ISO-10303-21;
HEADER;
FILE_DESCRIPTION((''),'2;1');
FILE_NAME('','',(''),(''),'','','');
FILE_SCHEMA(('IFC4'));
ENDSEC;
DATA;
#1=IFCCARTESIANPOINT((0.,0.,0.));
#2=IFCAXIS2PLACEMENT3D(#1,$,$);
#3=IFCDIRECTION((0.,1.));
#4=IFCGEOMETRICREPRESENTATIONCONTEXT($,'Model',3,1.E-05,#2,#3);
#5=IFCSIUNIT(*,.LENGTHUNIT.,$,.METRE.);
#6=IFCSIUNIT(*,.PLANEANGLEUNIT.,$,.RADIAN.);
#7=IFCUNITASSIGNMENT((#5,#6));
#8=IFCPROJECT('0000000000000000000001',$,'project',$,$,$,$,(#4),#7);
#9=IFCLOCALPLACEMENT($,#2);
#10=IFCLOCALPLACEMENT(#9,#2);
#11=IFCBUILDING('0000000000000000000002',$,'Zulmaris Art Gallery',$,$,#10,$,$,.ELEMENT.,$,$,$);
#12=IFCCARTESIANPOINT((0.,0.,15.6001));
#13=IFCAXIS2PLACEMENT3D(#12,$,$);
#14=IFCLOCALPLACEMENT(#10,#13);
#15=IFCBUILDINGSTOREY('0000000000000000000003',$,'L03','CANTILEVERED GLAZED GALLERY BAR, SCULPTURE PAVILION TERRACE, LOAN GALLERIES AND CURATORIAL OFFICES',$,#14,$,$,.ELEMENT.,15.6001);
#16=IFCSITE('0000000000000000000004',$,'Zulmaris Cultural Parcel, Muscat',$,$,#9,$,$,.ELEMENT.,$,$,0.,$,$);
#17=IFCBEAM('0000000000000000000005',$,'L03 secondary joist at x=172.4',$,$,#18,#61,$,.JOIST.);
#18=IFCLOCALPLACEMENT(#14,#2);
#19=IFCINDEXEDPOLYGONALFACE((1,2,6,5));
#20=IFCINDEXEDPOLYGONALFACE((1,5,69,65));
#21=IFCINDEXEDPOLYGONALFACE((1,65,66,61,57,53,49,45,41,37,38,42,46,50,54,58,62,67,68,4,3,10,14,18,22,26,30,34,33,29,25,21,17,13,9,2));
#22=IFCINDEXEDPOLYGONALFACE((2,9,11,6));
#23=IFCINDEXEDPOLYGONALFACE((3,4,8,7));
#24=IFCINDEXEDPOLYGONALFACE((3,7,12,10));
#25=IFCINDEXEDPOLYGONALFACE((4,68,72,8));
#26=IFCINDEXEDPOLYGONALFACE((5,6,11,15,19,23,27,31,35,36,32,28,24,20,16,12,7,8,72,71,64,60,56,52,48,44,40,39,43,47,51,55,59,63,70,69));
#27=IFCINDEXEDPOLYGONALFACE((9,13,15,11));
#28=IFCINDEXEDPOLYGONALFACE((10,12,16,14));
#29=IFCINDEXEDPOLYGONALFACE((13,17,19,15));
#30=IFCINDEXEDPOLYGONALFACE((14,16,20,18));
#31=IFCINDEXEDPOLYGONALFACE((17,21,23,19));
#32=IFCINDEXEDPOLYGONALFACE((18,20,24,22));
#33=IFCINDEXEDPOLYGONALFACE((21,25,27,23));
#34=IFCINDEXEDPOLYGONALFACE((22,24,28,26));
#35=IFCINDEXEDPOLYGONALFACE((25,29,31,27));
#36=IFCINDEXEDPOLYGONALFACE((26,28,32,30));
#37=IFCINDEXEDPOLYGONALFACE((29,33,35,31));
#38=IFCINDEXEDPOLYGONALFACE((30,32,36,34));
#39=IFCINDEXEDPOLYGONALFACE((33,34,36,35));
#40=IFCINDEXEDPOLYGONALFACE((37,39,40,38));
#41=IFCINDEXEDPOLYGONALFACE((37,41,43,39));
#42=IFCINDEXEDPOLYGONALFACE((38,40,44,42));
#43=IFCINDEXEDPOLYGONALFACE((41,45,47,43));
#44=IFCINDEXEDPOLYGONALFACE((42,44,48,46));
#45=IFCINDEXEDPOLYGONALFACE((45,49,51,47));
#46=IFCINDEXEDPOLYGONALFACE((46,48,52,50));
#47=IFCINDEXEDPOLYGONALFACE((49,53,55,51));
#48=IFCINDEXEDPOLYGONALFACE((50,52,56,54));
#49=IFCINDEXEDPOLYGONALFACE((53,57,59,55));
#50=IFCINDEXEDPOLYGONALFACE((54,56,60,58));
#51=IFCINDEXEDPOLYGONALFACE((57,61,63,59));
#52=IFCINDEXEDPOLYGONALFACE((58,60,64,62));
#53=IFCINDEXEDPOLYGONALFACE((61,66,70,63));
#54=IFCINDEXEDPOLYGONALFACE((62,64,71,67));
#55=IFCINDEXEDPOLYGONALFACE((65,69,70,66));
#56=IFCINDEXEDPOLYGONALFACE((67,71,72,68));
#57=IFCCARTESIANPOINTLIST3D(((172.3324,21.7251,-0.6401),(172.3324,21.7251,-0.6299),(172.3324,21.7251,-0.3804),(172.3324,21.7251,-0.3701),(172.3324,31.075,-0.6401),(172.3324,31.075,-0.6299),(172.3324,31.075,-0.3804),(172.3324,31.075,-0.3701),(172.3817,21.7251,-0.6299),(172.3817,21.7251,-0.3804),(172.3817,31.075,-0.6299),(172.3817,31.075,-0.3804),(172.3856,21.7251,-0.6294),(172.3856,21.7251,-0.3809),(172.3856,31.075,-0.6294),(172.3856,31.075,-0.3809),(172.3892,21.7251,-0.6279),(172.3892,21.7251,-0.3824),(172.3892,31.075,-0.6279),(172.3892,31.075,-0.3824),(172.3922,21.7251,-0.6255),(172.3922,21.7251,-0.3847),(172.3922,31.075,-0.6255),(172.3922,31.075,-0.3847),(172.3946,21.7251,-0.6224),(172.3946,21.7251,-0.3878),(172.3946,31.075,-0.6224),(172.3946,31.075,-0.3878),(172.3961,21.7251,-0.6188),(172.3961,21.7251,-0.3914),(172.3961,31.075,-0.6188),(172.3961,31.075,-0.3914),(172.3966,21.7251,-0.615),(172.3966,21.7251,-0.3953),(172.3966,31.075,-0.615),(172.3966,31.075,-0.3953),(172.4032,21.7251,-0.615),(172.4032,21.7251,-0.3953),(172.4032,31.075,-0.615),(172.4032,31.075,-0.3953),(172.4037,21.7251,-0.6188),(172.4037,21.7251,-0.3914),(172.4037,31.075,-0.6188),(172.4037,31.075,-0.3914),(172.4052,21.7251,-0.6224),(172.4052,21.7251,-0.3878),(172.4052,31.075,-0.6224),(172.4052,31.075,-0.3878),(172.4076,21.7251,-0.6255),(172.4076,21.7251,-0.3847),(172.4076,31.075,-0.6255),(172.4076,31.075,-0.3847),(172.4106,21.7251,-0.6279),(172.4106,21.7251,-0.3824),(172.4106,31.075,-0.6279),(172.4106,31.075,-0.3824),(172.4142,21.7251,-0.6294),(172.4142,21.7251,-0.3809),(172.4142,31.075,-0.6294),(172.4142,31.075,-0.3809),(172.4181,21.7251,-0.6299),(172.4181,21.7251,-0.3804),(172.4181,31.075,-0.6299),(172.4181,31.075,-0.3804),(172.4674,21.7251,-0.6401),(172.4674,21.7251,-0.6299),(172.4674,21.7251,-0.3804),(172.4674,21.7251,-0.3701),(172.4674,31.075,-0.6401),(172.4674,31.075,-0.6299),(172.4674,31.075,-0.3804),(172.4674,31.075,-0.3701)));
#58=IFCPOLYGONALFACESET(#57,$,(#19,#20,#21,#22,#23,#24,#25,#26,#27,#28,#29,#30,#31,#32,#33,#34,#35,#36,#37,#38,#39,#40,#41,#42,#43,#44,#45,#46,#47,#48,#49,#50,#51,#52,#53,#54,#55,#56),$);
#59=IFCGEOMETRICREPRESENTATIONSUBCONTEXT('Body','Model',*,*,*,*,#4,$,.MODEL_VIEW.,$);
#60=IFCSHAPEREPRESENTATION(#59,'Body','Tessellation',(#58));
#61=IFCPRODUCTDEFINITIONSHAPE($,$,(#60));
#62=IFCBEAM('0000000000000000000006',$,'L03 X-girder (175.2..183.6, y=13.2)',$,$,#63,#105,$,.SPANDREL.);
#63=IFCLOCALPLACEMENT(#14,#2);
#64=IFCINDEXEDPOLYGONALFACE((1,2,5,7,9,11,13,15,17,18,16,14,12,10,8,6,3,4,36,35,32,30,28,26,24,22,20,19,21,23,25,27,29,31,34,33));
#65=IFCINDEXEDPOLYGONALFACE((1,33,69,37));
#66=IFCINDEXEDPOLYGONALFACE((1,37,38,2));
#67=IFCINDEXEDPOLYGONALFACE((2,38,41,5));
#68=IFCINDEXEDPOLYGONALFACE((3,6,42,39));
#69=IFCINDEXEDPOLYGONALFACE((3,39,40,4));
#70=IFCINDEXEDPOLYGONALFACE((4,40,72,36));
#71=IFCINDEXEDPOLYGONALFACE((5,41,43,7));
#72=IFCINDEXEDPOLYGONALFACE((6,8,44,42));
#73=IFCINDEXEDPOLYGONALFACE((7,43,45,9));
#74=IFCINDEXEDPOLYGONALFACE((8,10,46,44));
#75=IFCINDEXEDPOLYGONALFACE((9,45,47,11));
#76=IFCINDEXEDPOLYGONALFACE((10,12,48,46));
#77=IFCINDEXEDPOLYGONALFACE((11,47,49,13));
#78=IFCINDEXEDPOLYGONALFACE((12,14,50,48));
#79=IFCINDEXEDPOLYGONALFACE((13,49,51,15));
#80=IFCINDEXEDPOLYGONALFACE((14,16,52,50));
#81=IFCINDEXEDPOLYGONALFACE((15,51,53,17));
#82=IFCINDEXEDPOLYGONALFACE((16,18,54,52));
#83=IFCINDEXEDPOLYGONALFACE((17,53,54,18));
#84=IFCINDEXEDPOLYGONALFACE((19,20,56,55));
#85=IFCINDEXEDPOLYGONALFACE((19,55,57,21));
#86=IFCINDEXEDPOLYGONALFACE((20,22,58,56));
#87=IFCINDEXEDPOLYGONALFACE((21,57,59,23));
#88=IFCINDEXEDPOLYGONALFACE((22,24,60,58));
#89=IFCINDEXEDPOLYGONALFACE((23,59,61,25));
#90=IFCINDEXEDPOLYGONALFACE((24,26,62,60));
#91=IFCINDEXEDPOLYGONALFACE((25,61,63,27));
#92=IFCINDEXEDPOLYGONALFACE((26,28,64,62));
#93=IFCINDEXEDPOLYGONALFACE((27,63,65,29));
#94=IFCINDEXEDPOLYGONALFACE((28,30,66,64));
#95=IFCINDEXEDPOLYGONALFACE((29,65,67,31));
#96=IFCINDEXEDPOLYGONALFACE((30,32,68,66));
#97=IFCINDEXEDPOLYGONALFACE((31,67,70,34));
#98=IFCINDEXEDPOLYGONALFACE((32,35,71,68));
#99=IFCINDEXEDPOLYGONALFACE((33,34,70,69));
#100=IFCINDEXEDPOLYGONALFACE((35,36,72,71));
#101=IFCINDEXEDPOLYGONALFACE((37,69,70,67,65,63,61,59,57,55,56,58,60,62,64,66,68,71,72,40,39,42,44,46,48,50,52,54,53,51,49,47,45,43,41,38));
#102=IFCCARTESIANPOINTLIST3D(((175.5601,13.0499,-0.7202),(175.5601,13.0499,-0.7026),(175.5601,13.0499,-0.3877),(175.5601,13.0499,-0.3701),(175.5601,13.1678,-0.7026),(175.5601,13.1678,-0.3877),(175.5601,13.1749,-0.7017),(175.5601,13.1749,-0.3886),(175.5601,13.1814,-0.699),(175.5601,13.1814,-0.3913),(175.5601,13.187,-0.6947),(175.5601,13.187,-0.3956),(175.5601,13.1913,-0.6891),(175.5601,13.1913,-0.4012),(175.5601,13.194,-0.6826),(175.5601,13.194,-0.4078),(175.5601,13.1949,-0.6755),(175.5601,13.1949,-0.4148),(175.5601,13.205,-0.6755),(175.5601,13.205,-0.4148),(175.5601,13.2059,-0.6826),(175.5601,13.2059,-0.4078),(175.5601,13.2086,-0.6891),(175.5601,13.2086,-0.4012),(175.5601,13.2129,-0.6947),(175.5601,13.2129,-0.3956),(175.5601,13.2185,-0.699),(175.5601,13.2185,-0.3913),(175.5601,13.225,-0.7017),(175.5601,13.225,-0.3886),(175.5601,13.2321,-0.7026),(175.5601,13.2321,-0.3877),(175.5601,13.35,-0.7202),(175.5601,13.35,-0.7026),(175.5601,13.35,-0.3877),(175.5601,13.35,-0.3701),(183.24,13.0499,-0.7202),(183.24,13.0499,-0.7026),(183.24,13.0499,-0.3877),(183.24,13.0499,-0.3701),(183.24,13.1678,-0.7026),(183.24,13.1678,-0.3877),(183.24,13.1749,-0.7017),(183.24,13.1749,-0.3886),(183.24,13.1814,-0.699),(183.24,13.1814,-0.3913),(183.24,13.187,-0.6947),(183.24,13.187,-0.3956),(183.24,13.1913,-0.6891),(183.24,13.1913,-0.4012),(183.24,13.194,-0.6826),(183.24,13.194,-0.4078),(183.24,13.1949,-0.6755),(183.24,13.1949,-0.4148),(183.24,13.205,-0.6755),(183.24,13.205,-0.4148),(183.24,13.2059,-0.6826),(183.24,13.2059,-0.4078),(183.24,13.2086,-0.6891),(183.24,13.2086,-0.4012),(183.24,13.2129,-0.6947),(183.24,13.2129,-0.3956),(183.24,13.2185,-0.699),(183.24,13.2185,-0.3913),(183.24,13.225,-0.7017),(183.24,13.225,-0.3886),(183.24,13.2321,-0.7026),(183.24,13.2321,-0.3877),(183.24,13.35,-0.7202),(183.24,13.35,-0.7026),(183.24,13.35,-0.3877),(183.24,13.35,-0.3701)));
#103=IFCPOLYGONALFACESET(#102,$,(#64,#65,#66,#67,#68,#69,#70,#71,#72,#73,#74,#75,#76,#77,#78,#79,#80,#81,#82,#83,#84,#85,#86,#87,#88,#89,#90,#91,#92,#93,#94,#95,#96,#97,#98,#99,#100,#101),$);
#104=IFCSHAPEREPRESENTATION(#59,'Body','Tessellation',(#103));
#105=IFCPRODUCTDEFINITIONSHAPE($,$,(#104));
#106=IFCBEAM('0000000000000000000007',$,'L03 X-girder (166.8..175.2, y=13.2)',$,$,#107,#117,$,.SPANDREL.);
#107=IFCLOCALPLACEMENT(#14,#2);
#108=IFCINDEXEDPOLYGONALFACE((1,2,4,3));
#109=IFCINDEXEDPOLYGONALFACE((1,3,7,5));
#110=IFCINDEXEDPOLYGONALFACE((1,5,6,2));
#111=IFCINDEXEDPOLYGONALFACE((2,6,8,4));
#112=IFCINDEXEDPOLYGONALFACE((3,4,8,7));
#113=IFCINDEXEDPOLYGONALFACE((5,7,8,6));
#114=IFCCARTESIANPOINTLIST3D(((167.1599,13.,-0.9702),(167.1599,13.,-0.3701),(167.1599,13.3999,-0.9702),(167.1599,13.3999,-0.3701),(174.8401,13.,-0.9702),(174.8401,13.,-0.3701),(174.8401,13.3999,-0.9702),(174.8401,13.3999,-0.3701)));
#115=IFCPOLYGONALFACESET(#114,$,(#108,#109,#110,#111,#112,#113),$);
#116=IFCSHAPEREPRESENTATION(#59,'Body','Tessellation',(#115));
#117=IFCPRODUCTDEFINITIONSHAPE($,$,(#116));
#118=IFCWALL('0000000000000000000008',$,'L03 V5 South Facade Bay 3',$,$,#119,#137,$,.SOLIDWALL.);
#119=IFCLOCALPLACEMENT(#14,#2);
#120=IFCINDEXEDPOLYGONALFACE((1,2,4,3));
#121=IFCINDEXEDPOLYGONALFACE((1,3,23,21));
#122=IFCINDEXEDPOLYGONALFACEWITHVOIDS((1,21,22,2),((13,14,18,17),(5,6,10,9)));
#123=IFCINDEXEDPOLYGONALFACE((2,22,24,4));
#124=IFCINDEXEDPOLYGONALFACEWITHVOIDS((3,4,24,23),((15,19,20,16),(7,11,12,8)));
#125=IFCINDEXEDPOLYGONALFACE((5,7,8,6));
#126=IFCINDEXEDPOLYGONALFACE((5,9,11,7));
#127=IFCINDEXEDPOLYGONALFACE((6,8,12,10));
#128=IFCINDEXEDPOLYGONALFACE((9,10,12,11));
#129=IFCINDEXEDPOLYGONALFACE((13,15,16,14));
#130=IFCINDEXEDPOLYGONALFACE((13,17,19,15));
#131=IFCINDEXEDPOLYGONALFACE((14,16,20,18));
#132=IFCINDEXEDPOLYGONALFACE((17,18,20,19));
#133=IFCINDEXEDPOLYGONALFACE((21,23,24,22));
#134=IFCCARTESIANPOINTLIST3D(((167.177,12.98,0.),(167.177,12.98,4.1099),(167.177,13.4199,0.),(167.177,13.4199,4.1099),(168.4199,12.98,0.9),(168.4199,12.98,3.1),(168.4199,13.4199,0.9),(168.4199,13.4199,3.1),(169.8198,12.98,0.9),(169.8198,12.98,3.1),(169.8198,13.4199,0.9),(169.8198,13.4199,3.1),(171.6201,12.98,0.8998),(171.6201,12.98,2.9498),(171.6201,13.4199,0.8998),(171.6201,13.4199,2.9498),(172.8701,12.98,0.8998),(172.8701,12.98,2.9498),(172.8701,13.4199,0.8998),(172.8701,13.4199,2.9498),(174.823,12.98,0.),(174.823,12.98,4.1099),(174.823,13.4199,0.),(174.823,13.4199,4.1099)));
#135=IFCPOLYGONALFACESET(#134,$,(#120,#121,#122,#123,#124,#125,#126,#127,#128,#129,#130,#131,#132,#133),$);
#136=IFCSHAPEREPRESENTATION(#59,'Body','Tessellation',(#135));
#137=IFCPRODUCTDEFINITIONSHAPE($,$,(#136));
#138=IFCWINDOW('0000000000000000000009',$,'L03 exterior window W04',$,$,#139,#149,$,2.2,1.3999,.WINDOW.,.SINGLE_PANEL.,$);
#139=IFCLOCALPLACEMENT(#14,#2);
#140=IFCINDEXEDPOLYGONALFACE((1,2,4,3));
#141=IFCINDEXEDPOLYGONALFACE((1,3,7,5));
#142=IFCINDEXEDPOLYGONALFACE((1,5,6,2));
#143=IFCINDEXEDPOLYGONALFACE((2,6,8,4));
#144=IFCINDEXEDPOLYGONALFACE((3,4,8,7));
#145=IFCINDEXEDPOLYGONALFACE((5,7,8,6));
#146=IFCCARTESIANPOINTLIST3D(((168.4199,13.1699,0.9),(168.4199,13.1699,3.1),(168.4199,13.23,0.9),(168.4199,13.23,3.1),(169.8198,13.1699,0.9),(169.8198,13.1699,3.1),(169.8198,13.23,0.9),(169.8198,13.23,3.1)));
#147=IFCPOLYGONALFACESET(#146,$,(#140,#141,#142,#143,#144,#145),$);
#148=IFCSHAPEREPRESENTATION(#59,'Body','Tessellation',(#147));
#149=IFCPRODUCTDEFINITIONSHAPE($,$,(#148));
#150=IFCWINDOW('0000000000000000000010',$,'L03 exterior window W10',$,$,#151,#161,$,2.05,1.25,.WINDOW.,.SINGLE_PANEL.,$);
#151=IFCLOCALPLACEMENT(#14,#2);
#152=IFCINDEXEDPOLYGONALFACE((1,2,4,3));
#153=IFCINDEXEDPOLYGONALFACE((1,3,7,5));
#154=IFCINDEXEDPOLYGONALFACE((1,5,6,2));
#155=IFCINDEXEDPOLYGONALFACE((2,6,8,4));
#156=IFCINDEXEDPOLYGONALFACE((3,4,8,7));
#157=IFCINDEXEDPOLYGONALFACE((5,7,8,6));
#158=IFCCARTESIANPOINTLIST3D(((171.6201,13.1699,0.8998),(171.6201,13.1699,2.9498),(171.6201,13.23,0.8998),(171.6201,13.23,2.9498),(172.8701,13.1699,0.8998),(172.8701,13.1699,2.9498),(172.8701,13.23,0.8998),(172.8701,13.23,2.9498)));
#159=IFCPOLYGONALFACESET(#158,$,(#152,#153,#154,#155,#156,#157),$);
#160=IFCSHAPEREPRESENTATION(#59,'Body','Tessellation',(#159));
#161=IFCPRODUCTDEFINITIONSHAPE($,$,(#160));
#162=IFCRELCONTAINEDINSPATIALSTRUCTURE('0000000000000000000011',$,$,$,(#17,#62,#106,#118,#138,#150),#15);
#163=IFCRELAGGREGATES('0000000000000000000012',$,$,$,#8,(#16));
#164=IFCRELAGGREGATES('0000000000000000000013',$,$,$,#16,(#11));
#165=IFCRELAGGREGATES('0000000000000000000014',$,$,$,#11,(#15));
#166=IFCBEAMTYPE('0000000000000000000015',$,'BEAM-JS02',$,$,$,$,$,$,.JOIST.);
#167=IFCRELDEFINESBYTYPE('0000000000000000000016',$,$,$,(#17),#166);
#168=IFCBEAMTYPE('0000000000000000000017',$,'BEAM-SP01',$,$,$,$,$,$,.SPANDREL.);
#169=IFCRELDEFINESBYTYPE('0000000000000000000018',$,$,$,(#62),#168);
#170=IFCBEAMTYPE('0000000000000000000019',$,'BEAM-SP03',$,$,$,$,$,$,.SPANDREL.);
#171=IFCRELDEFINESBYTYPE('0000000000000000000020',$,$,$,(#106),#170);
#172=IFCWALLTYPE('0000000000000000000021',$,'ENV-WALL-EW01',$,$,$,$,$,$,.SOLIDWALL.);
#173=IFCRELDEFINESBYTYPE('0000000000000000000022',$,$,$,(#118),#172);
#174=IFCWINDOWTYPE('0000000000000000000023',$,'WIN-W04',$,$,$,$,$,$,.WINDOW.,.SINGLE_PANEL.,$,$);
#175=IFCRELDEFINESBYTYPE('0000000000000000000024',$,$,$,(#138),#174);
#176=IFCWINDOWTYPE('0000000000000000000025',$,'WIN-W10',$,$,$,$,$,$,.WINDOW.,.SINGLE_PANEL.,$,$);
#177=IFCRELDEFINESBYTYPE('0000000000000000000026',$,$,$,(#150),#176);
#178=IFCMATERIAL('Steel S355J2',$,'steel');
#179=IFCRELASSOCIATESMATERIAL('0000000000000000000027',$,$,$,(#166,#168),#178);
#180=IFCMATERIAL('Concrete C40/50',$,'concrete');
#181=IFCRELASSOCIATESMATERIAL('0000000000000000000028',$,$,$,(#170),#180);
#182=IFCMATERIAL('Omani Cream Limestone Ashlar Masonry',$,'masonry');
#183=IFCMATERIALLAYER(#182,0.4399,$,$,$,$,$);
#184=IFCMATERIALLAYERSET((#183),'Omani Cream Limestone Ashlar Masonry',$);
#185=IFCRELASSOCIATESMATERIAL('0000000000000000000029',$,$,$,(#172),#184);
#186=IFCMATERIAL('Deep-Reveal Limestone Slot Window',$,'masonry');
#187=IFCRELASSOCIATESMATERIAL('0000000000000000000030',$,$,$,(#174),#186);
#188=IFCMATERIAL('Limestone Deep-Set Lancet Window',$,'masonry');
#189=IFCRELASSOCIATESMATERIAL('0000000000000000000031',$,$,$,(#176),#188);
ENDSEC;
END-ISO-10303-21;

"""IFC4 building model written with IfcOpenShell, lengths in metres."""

from ifc_helpers import new_model, si_unit, direction, frame, frame_2d, origin, origin_2d, place, context, subcontext, project, spatial, rectangle, i_section, extrude, material, layer, layer_set, material_profile, profile_set, type_object, element, fill, save


model = new_model("IFC4")

# Units and contexts
model_context = context("Model", 3, precision=1e-05, world=origin(), true_north=direction((0.0, 1.0)))
body_context = subcontext(model_context, "Body", "Model", "MODEL_VIEW")
ifc_project = project(units=[si_unit("LENGTHUNIT", "METRE"), si_unit("PLANEANGLEUNIT", "RADIAN")], contexts=[model_context])

# Site, building, storey
site_placement = place(None, origin())
site = spatial("IfcSite", under=ifc_project, at=site_placement, Name="Zulmaris Cultural Parcel, Muscat", CompositionType="ELEMENT", RefElevation=0.0)
building_placement = place(site_placement, origin())
building = spatial("IfcBuilding", under=site, at=building_placement, Name="Zulmaris Art Gallery", CompositionType="ELEMENT")
storey_placement = place(building_placement, frame((0.0, 0.0, 15.6001)))
storey = spatial("IfcBuildingStorey", under=building, at=storey_placement, Name="L03", Description="CANTILEVERED GLAZED GALLERY BAR, SCULPTURE PAVILION TERRACE, LOAN GALLERIES AND CURATORIAL OFFICES", CompositionType="ELEMENT", Elevation=15.6001)

# Shared definitions
ifc_material_1 = material(Name="Concrete C40/50", Category="concrete")

# Beams
ifc_material_2 = material(Name="Steel S355J2", Category="steel")
ifc_material_profile_1 = material_profile(ifc_material_2, i_section(OverallWidth=0.135, OverallDepth=0.27, WebThickness=0.0066, FlangeThickness=0.0103, FilletRadius=0.0149, at=origin_2d()), Name="IPE 270")
ifc_profile_set_1 = profile_set([ifc_material_profile_1], Name="Steel S355J2")
beam_type_1 = type_object("IfcBeamType", Name="BEAM-JS02", PredefinedType="JOIST", material=ifc_profile_set_1)
beam_1_placement = place(storey_placement, frame((172.3999, 21.7251, -0.5051), z_axis=(0.0, 1.0, 0.0), x_axis=(-1.0, 0.0, 0.0)))
element("IfcBeam", 1, at=beam_1_placement, inside=storey, type_object=beam_type_1, Name="L03 secondary joist at x=172.4", PredefinedType="JOIST", context=body_context, shape_type="SweptSolid", body=[
    extrude(i_section(OverallWidth=0.135, OverallDepth=0.27, WebThickness=0.0066, FlangeThickness=0.0103, FilletRadius=0.0149, at=origin_2d()), origin(), (0.0, 0.0, 1.0), 9.3499),
])
ifc_material_profile_2 = material_profile(ifc_material_2, i_section(OverallWidth=0.3, OverallDepth=0.3501, WebThickness=0.01, FlangeThickness=0.0176, FilletRadius=0.0271, at=origin_2d()), Name="HEA 360")
ifc_profile_set_2 = profile_set([ifc_material_profile_2], Name="Steel S355J2")
beam_type_2 = type_object("IfcBeamType", Name="BEAM-SP01", PredefinedType="SPANDREL", material=ifc_profile_set_2)
beam_2_placement = place(storey_placement, frame((175.5601, 13.2, -0.5452), z_axis=(1.0, 0.0, 0.0), x_axis=(0.0, 1.0, 0.0)))
element("IfcBeam", 2, at=beam_2_placement, inside=storey, type_object=beam_type_2, Name="L03 X-girder (175.2..183.6, y=13.2)", PredefinedType="SPANDREL", context=body_context, shape_type="SweptSolid", body=[
    extrude(i_section(OverallWidth=0.3, OverallDepth=0.3501, WebThickness=0.01, FlangeThickness=0.0176, FilletRadius=0.0271, at=origin_2d()), origin(), (0.0, 0.0, 1.0), 7.6799),
])
ifc_material_profile_3 = material_profile(ifc_material_1, rectangle(XDim=0.3999, YDim=0.6001, at=origin_2d()), Name="RC 400x600")
ifc_profile_set_3 = profile_set([ifc_material_profile_3], Name="Concrete C40/50")
beam_type_3 = type_object("IfcBeamType", Name="BEAM-SP03", PredefinedType="SPANDREL", material=ifc_profile_set_3)
beam_3_placement = place(storey_placement, frame((167.1599, 13.2, -0.6702), z_axis=(1.0, 0.0, 0.0), x_axis=(0.0, 1.0, 0.0)))
element("IfcBeam", 3, at=beam_3_placement, inside=storey, type_object=beam_type_3, Name="L03 X-girder (166.8..175.2, y=13.2)", PredefinedType="SPANDREL", context=body_context, shape_type="SweptSolid", body=[
    extrude(rectangle(XDim=0.3999, YDim=0.6001, at=origin_2d()), origin(), (0.0, 0.0, 1.0), 7.6802),
])

# Wall, openings, windows
ifc_material_3 = material(Name="Omani Cream Limestone Ashlar Masonry", Category="masonry")
ifc_layer_1 = layer(ifc_material_3, 0.4399)
ifc_layer_set_1 = layer_set([ifc_layer_1], Name="Omani Cream Limestone Ashlar Masonry")
wall_type = type_object("IfcWallType", Name="ENV-WALL-EW01", PredefinedType="SOLIDWALL", material=ifc_layer_set_1)
wall_1_placement = place(storey_placement, frame((167.177, 13.2, 0.0), z_axis=(0.0, 0.0, 1.0), x_axis=(1.0, 0.0, 0.0)))
wall_1 = element("IfcWall", 4, at=wall_1_placement, inside=storey, type_object=wall_type, Name="L03 V5 South Facade Bay 3", PredefinedType="SOLIDWALL", context=body_context, shape_type="SweptSolid", body=[
    extrude(rectangle(XDim=7.646, YDim=0.4399, at=frame_2d((3.823, 0.0))), origin(), (0.0, 0.0, 1.0), 4.1099),
])
opening_1_placement = place(wall_1_placement, frame((1.2429, 0.0, 0.8999)))
opening_1 = element("IfcOpeningElement", 5, at=opening_1_placement, cuts=wall_1, PredefinedType="OPENING", context=body_context, shape_type="SweptSolid", body=[
    extrude(rectangle(XDim=1.3999, YDim=2.2, at=frame_2d((0.7, 1.1001))), frame((0.0, 0.23, 0.0), z_axis=(0.0, -1.0, 0.0), x_axis=(1.0, 0.0, 0.0)), (0.0, 0.0, 1.0), 0.46),
])
opening_2_placement = place(wall_1_placement, frame((4.4431, 0.0, 0.8999)))
opening_2 = element("IfcOpeningElement", 6, at=opening_2_placement, cuts=wall_1, PredefinedType="OPENING", context=body_context, shape_type="SweptSolid", body=[
    extrude(rectangle(XDim=1.25, YDim=2.05, at=frame_2d((0.625, 1.0249))), frame((0.0, 0.23, 0.0), z_axis=(0.0, -1.0, 0.0), x_axis=(1.0, 0.0, 0.0)), (0.0, 0.0, 1.0), 0.46),
])
ifc_material_4 = material(Name="Deep-Reveal Limestone Slot Window", Category="masonry")
window_type_1 = type_object("IfcWindowType", Name="WIN-W04", PartitioningType="SINGLE_PANEL", PredefinedType="WINDOW", material=ifc_material_4)
window_1_placement = place(opening_1_placement, origin())
window_1 = element("IfcWindow", 7, at=window_1_placement, inside=storey, type_object=window_type_1, Name="L03 exterior window W04", OverallHeight=2.2, OverallWidth=1.3999, PartitioningType="SINGLE_PANEL", PredefinedType="WINDOW", context=body_context, shape_type="SweptSolid", body=[
    extrude(rectangle(XDim=1.3999, YDim=2.2, at=frame_2d((0.7, 1.1001))), frame((0.0, 0.03, 0.0), z_axis=(0.0, -1.0, 0.0), x_axis=(1.0, 0.0, 0.0)), (0.0, 0.0, 1.0), 0.0601),
])
fill(opening_1, window_1)
ifc_material_5 = material(Name="Limestone Deep-Set Lancet Window", Category="masonry")
window_type_2 = type_object("IfcWindowType", Name="WIN-W10", PartitioningType="SINGLE_PANEL", PredefinedType="WINDOW", material=ifc_material_5)
window_2_placement = place(opening_2_placement, origin())
window_2 = element("IfcWindow", 8, at=window_2_placement, inside=storey, type_object=window_type_2, Name="L03 exterior window W10", OverallHeight=2.05, OverallWidth=1.25, PartitioningType="SINGLE_PANEL", PredefinedType="WINDOW", context=body_context, shape_type="SweptSolid", body=[
    extrude(rectangle(XDim=1.25, YDim=2.05, at=frame_2d((0.625, 1.0249))), frame((0.0, 0.03, 0.0), z_axis=(0.0, -1.0, 0.0), x_axis=(1.0, 0.0, 0.0)), (0.0, 0.0, 1.0), 0.0601),
])
fill(opening_2, window_2)

save(model, "model.ifc")
